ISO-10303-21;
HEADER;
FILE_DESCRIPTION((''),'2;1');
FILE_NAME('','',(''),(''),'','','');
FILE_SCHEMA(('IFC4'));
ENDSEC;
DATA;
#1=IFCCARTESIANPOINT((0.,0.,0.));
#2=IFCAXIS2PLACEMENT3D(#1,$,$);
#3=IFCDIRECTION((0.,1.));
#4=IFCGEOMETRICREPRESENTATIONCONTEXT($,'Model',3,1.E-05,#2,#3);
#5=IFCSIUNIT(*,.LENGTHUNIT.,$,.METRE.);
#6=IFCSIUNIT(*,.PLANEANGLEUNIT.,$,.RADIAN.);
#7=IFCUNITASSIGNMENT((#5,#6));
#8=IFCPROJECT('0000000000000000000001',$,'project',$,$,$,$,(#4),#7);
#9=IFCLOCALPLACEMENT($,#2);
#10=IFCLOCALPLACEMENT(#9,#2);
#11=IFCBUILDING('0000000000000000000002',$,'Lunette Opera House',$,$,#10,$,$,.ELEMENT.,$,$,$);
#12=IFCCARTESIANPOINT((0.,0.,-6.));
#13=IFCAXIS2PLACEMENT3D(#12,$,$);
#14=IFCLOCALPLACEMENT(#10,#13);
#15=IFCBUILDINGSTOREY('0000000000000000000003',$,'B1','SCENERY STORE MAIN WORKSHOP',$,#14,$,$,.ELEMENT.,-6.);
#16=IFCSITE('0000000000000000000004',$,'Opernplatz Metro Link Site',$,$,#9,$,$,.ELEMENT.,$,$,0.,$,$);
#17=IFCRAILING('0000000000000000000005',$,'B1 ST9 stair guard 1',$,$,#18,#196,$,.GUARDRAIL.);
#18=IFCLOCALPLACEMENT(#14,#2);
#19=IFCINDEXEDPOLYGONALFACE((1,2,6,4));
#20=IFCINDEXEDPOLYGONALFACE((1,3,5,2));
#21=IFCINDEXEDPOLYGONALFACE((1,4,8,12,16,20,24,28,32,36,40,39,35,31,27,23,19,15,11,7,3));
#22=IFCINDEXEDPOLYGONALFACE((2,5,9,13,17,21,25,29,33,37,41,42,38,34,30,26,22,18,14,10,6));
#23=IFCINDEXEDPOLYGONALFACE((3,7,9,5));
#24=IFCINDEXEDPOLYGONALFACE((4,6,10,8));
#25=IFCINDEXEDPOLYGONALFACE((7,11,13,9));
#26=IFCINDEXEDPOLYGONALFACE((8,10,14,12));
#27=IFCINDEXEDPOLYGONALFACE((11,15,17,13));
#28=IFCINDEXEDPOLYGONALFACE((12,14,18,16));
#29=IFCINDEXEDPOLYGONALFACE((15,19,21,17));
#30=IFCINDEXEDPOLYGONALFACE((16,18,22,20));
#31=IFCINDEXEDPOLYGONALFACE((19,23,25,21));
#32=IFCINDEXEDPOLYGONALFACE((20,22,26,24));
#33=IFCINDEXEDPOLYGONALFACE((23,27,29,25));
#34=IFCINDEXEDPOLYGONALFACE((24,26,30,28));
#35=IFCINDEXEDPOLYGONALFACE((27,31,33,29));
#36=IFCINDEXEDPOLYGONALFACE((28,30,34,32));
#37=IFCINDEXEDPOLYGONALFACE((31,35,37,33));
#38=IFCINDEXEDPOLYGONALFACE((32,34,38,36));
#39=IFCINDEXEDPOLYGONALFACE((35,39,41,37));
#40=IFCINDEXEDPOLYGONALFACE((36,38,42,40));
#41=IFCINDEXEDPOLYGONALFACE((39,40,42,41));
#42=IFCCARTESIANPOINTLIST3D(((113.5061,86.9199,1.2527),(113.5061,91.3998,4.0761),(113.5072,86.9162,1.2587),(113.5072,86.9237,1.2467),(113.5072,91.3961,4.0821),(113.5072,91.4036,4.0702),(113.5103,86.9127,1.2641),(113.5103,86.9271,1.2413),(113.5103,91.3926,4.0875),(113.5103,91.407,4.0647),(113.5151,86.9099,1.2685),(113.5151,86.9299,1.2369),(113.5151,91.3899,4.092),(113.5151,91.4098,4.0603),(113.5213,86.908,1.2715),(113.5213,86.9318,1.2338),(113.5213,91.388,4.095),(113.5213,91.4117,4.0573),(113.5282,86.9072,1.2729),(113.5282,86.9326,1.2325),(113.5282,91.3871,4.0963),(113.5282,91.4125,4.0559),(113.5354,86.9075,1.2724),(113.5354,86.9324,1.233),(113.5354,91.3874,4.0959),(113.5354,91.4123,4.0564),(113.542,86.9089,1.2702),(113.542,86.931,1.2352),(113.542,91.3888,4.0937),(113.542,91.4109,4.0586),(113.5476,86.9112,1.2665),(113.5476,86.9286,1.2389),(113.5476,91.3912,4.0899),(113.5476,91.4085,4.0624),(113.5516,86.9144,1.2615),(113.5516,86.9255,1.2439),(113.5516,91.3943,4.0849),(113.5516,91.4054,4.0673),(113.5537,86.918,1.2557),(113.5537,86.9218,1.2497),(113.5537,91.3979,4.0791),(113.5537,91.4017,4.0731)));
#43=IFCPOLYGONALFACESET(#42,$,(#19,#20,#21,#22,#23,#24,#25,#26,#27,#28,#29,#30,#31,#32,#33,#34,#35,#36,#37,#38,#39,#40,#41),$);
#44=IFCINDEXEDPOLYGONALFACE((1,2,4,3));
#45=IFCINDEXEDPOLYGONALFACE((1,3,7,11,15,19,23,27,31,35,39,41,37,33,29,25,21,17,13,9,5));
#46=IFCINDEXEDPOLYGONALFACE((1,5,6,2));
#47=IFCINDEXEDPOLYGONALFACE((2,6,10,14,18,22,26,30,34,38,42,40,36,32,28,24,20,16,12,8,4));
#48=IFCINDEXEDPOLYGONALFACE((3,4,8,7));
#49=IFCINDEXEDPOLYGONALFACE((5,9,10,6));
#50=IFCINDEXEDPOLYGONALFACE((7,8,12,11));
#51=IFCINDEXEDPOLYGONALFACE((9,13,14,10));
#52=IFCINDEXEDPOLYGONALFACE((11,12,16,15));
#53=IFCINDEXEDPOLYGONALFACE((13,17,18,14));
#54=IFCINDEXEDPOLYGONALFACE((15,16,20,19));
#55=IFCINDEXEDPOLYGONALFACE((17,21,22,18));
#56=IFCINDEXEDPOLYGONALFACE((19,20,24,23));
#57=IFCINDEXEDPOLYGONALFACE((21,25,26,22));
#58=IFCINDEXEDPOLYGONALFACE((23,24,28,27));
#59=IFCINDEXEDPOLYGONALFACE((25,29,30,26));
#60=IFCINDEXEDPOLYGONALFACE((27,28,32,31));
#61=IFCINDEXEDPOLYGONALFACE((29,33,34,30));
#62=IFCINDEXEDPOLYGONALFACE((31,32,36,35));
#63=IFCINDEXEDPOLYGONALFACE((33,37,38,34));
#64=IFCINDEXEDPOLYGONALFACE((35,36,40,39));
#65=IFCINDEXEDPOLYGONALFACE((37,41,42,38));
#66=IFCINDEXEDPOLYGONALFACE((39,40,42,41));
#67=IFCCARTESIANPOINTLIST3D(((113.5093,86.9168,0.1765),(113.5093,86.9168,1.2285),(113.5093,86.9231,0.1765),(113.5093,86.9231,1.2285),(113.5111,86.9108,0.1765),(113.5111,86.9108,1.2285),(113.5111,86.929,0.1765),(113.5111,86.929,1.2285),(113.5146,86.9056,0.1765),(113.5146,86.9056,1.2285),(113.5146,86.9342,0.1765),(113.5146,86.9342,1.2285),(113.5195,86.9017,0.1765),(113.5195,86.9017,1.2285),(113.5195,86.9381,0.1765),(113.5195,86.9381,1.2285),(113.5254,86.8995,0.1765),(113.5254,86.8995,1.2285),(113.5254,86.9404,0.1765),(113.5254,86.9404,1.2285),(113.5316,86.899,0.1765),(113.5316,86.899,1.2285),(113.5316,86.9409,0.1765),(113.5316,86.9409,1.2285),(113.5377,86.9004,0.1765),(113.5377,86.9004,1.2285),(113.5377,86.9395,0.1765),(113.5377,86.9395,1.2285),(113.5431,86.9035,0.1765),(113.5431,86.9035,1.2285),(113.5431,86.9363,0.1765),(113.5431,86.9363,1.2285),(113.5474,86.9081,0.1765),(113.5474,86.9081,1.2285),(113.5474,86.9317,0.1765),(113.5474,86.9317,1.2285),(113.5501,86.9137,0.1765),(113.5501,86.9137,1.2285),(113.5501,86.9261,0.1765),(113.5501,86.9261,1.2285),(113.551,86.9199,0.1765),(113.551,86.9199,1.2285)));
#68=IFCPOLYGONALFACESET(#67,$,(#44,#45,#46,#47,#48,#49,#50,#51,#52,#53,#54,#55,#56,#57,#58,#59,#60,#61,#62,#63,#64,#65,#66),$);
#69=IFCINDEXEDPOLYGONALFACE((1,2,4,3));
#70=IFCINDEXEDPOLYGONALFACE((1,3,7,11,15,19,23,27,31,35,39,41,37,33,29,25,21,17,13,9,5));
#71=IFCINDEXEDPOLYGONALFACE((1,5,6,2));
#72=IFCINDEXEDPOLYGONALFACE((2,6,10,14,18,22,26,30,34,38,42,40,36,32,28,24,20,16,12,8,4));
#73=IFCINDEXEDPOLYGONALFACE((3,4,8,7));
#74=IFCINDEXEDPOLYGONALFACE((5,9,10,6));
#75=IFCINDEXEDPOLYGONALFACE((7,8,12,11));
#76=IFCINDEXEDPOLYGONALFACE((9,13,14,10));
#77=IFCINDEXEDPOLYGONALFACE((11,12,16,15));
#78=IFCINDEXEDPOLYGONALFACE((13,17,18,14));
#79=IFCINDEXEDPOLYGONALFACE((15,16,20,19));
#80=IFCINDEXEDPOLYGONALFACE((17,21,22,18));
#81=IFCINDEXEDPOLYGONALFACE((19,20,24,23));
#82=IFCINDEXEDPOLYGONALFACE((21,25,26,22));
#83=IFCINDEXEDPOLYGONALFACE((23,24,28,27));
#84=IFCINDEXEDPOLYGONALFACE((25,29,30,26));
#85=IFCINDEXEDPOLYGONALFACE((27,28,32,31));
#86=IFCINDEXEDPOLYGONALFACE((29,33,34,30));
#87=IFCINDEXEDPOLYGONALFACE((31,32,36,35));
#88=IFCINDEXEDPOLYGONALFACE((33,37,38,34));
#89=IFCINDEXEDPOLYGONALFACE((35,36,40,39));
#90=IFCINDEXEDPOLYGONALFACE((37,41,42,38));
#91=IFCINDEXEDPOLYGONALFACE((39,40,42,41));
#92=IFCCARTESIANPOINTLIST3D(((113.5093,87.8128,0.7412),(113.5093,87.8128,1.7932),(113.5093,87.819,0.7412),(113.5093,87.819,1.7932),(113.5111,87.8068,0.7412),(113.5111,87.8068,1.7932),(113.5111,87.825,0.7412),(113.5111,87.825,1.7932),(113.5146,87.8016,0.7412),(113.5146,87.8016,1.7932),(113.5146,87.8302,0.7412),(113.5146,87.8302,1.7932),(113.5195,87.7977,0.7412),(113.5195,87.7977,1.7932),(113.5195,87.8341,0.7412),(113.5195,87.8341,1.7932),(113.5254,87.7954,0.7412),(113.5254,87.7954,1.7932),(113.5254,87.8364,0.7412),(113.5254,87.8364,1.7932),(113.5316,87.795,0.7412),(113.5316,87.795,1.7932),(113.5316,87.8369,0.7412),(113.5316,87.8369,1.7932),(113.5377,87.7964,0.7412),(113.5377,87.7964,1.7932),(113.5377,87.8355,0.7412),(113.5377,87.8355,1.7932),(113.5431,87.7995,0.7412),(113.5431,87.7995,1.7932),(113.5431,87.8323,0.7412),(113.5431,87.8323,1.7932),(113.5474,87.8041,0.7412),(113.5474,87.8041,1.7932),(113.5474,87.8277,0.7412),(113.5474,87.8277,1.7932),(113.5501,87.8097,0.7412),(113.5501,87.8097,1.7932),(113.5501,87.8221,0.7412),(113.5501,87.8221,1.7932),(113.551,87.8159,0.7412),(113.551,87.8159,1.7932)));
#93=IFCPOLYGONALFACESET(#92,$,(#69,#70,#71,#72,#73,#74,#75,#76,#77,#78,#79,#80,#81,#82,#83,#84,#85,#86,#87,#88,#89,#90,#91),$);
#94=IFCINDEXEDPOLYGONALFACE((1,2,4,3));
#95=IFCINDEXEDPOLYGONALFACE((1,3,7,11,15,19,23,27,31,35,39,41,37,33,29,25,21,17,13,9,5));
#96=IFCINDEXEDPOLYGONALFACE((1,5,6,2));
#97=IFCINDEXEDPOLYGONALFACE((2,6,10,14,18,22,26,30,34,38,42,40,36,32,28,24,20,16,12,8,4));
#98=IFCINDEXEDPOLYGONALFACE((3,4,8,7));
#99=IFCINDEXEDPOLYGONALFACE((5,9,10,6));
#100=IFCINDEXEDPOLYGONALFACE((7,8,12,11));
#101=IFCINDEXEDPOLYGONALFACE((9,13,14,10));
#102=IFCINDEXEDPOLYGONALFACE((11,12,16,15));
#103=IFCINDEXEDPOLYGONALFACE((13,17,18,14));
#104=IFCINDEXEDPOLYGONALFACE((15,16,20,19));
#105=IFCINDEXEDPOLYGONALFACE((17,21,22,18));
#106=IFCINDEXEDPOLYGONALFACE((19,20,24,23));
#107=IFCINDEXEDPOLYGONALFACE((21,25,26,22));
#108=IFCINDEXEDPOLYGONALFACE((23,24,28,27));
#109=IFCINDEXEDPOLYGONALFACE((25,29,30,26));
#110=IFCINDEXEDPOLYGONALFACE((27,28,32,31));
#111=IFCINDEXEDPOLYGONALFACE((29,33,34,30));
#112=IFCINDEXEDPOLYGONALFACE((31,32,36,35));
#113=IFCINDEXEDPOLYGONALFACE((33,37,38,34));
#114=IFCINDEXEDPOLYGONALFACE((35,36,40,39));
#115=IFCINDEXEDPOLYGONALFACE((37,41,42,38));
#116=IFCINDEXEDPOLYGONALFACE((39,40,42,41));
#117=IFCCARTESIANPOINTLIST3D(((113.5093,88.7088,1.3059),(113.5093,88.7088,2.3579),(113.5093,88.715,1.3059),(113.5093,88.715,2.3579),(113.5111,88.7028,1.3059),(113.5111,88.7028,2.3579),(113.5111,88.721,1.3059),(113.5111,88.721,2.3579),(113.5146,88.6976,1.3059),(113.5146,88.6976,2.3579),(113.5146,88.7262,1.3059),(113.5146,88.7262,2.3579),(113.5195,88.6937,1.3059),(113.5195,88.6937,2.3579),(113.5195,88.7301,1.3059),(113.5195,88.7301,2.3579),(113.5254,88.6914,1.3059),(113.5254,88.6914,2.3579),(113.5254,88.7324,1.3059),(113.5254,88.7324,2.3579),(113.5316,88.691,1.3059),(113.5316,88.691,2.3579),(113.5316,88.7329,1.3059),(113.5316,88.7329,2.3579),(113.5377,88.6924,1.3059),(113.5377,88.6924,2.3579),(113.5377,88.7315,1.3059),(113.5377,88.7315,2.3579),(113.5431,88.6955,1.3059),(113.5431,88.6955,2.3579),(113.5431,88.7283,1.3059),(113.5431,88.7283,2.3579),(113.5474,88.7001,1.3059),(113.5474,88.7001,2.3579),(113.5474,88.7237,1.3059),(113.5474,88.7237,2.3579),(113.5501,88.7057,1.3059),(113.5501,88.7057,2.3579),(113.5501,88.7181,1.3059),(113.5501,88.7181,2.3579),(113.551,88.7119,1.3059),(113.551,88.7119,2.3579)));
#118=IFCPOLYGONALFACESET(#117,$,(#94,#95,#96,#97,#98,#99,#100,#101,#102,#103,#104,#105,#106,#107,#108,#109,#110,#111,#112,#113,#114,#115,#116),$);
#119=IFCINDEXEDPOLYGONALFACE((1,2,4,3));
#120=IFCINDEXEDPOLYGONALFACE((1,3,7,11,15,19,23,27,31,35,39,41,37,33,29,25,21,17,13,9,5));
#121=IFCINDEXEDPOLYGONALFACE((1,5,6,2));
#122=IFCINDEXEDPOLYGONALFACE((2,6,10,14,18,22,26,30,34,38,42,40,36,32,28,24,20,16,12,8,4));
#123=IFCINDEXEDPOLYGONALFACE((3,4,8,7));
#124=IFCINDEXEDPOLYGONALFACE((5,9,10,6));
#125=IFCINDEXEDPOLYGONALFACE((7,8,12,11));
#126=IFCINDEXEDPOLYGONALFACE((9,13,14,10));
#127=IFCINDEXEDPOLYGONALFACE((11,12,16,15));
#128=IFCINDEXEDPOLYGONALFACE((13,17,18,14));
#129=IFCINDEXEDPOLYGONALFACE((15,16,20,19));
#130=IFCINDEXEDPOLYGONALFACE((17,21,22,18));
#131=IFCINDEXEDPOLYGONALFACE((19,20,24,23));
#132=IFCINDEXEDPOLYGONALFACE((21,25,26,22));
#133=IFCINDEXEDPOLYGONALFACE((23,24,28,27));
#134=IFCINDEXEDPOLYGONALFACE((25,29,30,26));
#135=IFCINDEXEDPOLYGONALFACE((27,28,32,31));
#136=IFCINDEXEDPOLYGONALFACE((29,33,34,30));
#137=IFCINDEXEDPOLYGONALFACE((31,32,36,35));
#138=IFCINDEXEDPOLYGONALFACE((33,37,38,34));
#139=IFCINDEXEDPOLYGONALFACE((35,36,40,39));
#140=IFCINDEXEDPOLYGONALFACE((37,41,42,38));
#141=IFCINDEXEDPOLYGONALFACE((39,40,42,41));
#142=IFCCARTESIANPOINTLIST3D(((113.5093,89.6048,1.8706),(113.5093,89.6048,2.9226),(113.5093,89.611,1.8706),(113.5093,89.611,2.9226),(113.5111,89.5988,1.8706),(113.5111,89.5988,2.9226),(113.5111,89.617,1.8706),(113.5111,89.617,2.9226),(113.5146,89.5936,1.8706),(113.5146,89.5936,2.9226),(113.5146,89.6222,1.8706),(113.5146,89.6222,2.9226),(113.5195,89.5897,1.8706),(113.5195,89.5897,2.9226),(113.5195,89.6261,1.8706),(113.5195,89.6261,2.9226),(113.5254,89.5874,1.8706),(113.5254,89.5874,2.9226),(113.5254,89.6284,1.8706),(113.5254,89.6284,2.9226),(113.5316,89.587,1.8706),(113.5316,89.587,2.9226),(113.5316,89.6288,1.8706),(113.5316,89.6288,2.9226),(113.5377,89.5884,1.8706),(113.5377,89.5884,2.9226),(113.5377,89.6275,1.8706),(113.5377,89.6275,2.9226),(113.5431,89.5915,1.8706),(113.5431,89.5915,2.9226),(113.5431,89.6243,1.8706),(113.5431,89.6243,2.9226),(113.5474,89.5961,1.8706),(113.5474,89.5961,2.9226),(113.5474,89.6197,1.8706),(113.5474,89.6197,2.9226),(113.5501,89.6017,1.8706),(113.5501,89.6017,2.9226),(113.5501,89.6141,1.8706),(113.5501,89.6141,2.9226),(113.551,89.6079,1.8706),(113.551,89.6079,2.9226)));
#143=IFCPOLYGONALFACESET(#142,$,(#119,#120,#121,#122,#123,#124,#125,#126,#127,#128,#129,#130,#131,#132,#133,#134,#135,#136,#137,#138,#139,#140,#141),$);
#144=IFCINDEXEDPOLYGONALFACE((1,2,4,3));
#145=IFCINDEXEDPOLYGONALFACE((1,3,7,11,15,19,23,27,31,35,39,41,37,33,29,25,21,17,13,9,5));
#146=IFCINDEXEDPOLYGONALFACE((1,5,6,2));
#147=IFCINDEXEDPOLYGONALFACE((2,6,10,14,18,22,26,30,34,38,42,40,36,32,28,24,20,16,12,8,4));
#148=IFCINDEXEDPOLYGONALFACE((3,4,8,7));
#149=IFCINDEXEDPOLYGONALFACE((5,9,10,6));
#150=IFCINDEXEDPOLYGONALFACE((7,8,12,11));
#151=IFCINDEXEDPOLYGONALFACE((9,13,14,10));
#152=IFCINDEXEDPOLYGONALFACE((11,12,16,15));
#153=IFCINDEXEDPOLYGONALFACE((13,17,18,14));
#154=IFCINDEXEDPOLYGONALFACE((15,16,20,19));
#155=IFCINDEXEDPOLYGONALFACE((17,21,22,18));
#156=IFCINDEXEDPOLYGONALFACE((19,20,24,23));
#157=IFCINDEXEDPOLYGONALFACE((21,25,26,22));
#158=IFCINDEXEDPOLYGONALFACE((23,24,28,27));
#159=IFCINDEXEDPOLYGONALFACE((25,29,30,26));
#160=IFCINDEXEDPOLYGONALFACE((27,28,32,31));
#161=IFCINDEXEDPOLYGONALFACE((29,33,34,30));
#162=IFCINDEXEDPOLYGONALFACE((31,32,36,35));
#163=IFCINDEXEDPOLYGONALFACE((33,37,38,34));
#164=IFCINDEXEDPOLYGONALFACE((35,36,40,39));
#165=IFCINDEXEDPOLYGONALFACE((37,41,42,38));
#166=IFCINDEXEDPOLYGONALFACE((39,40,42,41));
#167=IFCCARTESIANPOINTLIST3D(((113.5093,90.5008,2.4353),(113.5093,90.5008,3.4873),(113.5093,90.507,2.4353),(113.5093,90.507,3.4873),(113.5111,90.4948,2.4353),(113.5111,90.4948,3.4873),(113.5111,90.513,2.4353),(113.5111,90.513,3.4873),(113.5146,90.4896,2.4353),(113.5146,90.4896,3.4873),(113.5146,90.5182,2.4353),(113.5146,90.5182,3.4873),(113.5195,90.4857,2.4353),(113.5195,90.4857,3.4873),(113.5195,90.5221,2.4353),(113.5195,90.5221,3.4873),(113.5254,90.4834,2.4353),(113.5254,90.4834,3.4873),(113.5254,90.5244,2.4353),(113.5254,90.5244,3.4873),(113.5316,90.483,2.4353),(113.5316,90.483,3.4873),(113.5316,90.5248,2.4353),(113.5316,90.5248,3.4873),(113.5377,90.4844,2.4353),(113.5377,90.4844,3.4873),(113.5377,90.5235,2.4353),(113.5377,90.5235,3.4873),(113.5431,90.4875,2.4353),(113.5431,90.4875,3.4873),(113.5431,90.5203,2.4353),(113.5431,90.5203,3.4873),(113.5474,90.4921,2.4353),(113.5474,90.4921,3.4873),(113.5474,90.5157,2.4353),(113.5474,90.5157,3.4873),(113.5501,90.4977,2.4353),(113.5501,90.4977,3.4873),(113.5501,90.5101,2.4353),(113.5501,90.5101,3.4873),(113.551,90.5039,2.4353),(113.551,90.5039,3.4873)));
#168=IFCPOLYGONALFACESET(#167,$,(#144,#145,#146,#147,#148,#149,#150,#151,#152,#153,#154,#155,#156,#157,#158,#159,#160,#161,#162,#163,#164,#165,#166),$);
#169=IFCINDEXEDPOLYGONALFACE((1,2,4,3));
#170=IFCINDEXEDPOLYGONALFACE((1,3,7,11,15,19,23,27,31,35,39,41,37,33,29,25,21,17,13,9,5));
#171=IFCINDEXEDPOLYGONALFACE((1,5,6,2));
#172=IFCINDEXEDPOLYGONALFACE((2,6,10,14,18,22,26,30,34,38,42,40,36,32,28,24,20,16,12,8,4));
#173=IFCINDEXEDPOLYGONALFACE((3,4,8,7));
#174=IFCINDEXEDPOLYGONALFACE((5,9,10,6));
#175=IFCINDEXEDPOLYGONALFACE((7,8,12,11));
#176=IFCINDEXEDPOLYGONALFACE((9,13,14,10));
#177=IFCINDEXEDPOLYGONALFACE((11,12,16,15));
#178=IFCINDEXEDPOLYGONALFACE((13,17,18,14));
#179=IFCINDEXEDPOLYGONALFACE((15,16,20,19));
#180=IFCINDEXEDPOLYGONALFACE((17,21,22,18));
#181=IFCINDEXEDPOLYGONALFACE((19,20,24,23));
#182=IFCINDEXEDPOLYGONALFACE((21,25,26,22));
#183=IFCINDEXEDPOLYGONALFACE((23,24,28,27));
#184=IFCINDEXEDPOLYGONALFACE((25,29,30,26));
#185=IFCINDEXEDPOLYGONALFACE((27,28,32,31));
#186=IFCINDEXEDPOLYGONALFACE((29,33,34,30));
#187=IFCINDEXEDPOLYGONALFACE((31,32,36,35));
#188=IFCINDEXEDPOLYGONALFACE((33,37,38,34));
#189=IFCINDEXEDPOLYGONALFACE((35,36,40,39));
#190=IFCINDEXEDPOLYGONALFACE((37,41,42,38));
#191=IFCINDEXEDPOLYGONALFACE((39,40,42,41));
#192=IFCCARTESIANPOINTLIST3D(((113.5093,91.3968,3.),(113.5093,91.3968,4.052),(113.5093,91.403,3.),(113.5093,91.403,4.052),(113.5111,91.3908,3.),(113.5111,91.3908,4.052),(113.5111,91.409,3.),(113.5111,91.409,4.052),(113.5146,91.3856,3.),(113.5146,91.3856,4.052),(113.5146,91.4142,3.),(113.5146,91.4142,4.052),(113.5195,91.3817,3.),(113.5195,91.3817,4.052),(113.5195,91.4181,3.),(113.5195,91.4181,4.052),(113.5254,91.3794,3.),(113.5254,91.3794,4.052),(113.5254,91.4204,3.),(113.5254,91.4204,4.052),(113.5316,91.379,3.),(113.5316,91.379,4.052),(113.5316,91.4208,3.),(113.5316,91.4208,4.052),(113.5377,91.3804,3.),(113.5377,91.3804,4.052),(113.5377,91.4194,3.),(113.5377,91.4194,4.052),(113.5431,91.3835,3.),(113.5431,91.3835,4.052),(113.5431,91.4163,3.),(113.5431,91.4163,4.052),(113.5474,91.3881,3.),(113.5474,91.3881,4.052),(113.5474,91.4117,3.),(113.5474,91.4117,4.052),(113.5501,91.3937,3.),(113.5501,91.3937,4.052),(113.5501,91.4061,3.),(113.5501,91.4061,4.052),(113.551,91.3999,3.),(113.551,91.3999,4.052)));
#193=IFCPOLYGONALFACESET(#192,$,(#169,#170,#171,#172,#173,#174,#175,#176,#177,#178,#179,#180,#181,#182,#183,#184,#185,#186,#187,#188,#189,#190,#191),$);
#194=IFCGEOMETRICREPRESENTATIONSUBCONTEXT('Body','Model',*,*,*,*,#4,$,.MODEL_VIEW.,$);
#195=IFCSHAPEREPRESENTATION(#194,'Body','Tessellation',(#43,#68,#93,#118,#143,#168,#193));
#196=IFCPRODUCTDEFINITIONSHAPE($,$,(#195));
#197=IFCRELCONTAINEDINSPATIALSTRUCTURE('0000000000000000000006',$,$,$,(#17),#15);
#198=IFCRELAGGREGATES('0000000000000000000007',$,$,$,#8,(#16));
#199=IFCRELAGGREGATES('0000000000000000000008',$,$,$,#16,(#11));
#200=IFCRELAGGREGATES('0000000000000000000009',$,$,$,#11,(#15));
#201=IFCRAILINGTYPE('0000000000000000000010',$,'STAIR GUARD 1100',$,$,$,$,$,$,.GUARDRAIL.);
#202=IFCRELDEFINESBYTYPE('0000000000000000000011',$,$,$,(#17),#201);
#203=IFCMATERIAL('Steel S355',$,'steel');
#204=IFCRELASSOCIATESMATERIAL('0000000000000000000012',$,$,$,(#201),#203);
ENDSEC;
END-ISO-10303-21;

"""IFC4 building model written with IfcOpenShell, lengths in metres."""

from ifc_helpers import new_model, si_unit, direction, frame, origin, origin_2d, place, context, subcontext, project, spatial, circle, extrude, material, type_object, element, save


model = new_model("IFC4")

# Units and contexts
model_context = context("Model", 3, precision=1e-05, world=origin(), true_north=direction((0.0, 1.0)))
body_context = subcontext(model_context, "Body", "Model", "MODEL_VIEW")
ifc_project = project(units=[si_unit("LENGTHUNIT", "METRE"), si_unit("PLANEANGLEUNIT", "RADIAN")], contexts=[model_context])

# Site, building, storey
site_placement = place(None, origin())
site = spatial("IfcSite", under=ifc_project, at=site_placement, Name="Opernplatz Metro Link Site", CompositionType="ELEMENT", RefElevation=0.0)
building_placement = place(site_placement, origin())
building = spatial("IfcBuilding", under=site, at=building_placement, Name="Lunette Opera House", CompositionType="ELEMENT")
storey_placement = place(building_placement, frame((0.0, 0.0, -6.0)))
storey = spatial("IfcBuildingStorey", under=building, at=storey_placement, Name="B1", Description="SCENERY STORE MAIN WORKSHOP", CompositionType="ELEMENT", Elevation=-6.0)

# Railing
ifc_material_1 = material(Name="Steel S355", Category="steel")
railing_type_1 = type_object("IfcRailingType", Name="STAIR GUARD 1100", PredefinedType="GUARDRAIL", material=ifc_material_1)
railing_1_placement = place(storey_placement, frame((113.53, 86.9199, 0.1765)))
element("IfcRailing", 1, at=railing_1_placement, inside=storey, type_object=railing_type_1, Name="B1 ST9 stair guard 1", PredefinedType="GUARDRAIL", context=body_context, shape_type="SweptSolid", body=[
    extrude(circle(Radius=0.0239, at=origin_2d()), frame((0.0, 0.0, 1.0762), z_axis=(0.0, 0.845998, 0.533186), x_axis=(-1.0, 0.0, 0.0)), (0.0, 0.0, 1.0), 5.2954),
    extrude(circle(Radius=0.021, at=origin_2d()), origin(), (0.0, 0.0, 1.0), 1.052),
    extrude(circle(Radius=0.021, at=origin_2d()), frame((0.0, 0.896, 0.5647)), (0.0, 0.0, 1.0), 1.052),
    extrude(circle(Radius=0.021, at=origin_2d()), frame((0.0, 1.792, 1.1294)), (0.0, 0.0, 1.0), 1.052),
    extrude(circle(Radius=0.021, at=origin_2d()), frame((0.0, 2.688, 1.6941)), (0.0, 0.0, 1.0), 1.052),
    extrude(circle(Radius=0.021, at=origin_2d()), frame((0.0, 3.584, 2.2588)), (0.0, 0.0, 1.0), 1.052),
    extrude(circle(Radius=0.021, at=origin_2d()), frame((0.0, 4.48, 2.8235)), (0.0, 0.0, 1.0), 1.052),
])

save(model, "model.ifc")
